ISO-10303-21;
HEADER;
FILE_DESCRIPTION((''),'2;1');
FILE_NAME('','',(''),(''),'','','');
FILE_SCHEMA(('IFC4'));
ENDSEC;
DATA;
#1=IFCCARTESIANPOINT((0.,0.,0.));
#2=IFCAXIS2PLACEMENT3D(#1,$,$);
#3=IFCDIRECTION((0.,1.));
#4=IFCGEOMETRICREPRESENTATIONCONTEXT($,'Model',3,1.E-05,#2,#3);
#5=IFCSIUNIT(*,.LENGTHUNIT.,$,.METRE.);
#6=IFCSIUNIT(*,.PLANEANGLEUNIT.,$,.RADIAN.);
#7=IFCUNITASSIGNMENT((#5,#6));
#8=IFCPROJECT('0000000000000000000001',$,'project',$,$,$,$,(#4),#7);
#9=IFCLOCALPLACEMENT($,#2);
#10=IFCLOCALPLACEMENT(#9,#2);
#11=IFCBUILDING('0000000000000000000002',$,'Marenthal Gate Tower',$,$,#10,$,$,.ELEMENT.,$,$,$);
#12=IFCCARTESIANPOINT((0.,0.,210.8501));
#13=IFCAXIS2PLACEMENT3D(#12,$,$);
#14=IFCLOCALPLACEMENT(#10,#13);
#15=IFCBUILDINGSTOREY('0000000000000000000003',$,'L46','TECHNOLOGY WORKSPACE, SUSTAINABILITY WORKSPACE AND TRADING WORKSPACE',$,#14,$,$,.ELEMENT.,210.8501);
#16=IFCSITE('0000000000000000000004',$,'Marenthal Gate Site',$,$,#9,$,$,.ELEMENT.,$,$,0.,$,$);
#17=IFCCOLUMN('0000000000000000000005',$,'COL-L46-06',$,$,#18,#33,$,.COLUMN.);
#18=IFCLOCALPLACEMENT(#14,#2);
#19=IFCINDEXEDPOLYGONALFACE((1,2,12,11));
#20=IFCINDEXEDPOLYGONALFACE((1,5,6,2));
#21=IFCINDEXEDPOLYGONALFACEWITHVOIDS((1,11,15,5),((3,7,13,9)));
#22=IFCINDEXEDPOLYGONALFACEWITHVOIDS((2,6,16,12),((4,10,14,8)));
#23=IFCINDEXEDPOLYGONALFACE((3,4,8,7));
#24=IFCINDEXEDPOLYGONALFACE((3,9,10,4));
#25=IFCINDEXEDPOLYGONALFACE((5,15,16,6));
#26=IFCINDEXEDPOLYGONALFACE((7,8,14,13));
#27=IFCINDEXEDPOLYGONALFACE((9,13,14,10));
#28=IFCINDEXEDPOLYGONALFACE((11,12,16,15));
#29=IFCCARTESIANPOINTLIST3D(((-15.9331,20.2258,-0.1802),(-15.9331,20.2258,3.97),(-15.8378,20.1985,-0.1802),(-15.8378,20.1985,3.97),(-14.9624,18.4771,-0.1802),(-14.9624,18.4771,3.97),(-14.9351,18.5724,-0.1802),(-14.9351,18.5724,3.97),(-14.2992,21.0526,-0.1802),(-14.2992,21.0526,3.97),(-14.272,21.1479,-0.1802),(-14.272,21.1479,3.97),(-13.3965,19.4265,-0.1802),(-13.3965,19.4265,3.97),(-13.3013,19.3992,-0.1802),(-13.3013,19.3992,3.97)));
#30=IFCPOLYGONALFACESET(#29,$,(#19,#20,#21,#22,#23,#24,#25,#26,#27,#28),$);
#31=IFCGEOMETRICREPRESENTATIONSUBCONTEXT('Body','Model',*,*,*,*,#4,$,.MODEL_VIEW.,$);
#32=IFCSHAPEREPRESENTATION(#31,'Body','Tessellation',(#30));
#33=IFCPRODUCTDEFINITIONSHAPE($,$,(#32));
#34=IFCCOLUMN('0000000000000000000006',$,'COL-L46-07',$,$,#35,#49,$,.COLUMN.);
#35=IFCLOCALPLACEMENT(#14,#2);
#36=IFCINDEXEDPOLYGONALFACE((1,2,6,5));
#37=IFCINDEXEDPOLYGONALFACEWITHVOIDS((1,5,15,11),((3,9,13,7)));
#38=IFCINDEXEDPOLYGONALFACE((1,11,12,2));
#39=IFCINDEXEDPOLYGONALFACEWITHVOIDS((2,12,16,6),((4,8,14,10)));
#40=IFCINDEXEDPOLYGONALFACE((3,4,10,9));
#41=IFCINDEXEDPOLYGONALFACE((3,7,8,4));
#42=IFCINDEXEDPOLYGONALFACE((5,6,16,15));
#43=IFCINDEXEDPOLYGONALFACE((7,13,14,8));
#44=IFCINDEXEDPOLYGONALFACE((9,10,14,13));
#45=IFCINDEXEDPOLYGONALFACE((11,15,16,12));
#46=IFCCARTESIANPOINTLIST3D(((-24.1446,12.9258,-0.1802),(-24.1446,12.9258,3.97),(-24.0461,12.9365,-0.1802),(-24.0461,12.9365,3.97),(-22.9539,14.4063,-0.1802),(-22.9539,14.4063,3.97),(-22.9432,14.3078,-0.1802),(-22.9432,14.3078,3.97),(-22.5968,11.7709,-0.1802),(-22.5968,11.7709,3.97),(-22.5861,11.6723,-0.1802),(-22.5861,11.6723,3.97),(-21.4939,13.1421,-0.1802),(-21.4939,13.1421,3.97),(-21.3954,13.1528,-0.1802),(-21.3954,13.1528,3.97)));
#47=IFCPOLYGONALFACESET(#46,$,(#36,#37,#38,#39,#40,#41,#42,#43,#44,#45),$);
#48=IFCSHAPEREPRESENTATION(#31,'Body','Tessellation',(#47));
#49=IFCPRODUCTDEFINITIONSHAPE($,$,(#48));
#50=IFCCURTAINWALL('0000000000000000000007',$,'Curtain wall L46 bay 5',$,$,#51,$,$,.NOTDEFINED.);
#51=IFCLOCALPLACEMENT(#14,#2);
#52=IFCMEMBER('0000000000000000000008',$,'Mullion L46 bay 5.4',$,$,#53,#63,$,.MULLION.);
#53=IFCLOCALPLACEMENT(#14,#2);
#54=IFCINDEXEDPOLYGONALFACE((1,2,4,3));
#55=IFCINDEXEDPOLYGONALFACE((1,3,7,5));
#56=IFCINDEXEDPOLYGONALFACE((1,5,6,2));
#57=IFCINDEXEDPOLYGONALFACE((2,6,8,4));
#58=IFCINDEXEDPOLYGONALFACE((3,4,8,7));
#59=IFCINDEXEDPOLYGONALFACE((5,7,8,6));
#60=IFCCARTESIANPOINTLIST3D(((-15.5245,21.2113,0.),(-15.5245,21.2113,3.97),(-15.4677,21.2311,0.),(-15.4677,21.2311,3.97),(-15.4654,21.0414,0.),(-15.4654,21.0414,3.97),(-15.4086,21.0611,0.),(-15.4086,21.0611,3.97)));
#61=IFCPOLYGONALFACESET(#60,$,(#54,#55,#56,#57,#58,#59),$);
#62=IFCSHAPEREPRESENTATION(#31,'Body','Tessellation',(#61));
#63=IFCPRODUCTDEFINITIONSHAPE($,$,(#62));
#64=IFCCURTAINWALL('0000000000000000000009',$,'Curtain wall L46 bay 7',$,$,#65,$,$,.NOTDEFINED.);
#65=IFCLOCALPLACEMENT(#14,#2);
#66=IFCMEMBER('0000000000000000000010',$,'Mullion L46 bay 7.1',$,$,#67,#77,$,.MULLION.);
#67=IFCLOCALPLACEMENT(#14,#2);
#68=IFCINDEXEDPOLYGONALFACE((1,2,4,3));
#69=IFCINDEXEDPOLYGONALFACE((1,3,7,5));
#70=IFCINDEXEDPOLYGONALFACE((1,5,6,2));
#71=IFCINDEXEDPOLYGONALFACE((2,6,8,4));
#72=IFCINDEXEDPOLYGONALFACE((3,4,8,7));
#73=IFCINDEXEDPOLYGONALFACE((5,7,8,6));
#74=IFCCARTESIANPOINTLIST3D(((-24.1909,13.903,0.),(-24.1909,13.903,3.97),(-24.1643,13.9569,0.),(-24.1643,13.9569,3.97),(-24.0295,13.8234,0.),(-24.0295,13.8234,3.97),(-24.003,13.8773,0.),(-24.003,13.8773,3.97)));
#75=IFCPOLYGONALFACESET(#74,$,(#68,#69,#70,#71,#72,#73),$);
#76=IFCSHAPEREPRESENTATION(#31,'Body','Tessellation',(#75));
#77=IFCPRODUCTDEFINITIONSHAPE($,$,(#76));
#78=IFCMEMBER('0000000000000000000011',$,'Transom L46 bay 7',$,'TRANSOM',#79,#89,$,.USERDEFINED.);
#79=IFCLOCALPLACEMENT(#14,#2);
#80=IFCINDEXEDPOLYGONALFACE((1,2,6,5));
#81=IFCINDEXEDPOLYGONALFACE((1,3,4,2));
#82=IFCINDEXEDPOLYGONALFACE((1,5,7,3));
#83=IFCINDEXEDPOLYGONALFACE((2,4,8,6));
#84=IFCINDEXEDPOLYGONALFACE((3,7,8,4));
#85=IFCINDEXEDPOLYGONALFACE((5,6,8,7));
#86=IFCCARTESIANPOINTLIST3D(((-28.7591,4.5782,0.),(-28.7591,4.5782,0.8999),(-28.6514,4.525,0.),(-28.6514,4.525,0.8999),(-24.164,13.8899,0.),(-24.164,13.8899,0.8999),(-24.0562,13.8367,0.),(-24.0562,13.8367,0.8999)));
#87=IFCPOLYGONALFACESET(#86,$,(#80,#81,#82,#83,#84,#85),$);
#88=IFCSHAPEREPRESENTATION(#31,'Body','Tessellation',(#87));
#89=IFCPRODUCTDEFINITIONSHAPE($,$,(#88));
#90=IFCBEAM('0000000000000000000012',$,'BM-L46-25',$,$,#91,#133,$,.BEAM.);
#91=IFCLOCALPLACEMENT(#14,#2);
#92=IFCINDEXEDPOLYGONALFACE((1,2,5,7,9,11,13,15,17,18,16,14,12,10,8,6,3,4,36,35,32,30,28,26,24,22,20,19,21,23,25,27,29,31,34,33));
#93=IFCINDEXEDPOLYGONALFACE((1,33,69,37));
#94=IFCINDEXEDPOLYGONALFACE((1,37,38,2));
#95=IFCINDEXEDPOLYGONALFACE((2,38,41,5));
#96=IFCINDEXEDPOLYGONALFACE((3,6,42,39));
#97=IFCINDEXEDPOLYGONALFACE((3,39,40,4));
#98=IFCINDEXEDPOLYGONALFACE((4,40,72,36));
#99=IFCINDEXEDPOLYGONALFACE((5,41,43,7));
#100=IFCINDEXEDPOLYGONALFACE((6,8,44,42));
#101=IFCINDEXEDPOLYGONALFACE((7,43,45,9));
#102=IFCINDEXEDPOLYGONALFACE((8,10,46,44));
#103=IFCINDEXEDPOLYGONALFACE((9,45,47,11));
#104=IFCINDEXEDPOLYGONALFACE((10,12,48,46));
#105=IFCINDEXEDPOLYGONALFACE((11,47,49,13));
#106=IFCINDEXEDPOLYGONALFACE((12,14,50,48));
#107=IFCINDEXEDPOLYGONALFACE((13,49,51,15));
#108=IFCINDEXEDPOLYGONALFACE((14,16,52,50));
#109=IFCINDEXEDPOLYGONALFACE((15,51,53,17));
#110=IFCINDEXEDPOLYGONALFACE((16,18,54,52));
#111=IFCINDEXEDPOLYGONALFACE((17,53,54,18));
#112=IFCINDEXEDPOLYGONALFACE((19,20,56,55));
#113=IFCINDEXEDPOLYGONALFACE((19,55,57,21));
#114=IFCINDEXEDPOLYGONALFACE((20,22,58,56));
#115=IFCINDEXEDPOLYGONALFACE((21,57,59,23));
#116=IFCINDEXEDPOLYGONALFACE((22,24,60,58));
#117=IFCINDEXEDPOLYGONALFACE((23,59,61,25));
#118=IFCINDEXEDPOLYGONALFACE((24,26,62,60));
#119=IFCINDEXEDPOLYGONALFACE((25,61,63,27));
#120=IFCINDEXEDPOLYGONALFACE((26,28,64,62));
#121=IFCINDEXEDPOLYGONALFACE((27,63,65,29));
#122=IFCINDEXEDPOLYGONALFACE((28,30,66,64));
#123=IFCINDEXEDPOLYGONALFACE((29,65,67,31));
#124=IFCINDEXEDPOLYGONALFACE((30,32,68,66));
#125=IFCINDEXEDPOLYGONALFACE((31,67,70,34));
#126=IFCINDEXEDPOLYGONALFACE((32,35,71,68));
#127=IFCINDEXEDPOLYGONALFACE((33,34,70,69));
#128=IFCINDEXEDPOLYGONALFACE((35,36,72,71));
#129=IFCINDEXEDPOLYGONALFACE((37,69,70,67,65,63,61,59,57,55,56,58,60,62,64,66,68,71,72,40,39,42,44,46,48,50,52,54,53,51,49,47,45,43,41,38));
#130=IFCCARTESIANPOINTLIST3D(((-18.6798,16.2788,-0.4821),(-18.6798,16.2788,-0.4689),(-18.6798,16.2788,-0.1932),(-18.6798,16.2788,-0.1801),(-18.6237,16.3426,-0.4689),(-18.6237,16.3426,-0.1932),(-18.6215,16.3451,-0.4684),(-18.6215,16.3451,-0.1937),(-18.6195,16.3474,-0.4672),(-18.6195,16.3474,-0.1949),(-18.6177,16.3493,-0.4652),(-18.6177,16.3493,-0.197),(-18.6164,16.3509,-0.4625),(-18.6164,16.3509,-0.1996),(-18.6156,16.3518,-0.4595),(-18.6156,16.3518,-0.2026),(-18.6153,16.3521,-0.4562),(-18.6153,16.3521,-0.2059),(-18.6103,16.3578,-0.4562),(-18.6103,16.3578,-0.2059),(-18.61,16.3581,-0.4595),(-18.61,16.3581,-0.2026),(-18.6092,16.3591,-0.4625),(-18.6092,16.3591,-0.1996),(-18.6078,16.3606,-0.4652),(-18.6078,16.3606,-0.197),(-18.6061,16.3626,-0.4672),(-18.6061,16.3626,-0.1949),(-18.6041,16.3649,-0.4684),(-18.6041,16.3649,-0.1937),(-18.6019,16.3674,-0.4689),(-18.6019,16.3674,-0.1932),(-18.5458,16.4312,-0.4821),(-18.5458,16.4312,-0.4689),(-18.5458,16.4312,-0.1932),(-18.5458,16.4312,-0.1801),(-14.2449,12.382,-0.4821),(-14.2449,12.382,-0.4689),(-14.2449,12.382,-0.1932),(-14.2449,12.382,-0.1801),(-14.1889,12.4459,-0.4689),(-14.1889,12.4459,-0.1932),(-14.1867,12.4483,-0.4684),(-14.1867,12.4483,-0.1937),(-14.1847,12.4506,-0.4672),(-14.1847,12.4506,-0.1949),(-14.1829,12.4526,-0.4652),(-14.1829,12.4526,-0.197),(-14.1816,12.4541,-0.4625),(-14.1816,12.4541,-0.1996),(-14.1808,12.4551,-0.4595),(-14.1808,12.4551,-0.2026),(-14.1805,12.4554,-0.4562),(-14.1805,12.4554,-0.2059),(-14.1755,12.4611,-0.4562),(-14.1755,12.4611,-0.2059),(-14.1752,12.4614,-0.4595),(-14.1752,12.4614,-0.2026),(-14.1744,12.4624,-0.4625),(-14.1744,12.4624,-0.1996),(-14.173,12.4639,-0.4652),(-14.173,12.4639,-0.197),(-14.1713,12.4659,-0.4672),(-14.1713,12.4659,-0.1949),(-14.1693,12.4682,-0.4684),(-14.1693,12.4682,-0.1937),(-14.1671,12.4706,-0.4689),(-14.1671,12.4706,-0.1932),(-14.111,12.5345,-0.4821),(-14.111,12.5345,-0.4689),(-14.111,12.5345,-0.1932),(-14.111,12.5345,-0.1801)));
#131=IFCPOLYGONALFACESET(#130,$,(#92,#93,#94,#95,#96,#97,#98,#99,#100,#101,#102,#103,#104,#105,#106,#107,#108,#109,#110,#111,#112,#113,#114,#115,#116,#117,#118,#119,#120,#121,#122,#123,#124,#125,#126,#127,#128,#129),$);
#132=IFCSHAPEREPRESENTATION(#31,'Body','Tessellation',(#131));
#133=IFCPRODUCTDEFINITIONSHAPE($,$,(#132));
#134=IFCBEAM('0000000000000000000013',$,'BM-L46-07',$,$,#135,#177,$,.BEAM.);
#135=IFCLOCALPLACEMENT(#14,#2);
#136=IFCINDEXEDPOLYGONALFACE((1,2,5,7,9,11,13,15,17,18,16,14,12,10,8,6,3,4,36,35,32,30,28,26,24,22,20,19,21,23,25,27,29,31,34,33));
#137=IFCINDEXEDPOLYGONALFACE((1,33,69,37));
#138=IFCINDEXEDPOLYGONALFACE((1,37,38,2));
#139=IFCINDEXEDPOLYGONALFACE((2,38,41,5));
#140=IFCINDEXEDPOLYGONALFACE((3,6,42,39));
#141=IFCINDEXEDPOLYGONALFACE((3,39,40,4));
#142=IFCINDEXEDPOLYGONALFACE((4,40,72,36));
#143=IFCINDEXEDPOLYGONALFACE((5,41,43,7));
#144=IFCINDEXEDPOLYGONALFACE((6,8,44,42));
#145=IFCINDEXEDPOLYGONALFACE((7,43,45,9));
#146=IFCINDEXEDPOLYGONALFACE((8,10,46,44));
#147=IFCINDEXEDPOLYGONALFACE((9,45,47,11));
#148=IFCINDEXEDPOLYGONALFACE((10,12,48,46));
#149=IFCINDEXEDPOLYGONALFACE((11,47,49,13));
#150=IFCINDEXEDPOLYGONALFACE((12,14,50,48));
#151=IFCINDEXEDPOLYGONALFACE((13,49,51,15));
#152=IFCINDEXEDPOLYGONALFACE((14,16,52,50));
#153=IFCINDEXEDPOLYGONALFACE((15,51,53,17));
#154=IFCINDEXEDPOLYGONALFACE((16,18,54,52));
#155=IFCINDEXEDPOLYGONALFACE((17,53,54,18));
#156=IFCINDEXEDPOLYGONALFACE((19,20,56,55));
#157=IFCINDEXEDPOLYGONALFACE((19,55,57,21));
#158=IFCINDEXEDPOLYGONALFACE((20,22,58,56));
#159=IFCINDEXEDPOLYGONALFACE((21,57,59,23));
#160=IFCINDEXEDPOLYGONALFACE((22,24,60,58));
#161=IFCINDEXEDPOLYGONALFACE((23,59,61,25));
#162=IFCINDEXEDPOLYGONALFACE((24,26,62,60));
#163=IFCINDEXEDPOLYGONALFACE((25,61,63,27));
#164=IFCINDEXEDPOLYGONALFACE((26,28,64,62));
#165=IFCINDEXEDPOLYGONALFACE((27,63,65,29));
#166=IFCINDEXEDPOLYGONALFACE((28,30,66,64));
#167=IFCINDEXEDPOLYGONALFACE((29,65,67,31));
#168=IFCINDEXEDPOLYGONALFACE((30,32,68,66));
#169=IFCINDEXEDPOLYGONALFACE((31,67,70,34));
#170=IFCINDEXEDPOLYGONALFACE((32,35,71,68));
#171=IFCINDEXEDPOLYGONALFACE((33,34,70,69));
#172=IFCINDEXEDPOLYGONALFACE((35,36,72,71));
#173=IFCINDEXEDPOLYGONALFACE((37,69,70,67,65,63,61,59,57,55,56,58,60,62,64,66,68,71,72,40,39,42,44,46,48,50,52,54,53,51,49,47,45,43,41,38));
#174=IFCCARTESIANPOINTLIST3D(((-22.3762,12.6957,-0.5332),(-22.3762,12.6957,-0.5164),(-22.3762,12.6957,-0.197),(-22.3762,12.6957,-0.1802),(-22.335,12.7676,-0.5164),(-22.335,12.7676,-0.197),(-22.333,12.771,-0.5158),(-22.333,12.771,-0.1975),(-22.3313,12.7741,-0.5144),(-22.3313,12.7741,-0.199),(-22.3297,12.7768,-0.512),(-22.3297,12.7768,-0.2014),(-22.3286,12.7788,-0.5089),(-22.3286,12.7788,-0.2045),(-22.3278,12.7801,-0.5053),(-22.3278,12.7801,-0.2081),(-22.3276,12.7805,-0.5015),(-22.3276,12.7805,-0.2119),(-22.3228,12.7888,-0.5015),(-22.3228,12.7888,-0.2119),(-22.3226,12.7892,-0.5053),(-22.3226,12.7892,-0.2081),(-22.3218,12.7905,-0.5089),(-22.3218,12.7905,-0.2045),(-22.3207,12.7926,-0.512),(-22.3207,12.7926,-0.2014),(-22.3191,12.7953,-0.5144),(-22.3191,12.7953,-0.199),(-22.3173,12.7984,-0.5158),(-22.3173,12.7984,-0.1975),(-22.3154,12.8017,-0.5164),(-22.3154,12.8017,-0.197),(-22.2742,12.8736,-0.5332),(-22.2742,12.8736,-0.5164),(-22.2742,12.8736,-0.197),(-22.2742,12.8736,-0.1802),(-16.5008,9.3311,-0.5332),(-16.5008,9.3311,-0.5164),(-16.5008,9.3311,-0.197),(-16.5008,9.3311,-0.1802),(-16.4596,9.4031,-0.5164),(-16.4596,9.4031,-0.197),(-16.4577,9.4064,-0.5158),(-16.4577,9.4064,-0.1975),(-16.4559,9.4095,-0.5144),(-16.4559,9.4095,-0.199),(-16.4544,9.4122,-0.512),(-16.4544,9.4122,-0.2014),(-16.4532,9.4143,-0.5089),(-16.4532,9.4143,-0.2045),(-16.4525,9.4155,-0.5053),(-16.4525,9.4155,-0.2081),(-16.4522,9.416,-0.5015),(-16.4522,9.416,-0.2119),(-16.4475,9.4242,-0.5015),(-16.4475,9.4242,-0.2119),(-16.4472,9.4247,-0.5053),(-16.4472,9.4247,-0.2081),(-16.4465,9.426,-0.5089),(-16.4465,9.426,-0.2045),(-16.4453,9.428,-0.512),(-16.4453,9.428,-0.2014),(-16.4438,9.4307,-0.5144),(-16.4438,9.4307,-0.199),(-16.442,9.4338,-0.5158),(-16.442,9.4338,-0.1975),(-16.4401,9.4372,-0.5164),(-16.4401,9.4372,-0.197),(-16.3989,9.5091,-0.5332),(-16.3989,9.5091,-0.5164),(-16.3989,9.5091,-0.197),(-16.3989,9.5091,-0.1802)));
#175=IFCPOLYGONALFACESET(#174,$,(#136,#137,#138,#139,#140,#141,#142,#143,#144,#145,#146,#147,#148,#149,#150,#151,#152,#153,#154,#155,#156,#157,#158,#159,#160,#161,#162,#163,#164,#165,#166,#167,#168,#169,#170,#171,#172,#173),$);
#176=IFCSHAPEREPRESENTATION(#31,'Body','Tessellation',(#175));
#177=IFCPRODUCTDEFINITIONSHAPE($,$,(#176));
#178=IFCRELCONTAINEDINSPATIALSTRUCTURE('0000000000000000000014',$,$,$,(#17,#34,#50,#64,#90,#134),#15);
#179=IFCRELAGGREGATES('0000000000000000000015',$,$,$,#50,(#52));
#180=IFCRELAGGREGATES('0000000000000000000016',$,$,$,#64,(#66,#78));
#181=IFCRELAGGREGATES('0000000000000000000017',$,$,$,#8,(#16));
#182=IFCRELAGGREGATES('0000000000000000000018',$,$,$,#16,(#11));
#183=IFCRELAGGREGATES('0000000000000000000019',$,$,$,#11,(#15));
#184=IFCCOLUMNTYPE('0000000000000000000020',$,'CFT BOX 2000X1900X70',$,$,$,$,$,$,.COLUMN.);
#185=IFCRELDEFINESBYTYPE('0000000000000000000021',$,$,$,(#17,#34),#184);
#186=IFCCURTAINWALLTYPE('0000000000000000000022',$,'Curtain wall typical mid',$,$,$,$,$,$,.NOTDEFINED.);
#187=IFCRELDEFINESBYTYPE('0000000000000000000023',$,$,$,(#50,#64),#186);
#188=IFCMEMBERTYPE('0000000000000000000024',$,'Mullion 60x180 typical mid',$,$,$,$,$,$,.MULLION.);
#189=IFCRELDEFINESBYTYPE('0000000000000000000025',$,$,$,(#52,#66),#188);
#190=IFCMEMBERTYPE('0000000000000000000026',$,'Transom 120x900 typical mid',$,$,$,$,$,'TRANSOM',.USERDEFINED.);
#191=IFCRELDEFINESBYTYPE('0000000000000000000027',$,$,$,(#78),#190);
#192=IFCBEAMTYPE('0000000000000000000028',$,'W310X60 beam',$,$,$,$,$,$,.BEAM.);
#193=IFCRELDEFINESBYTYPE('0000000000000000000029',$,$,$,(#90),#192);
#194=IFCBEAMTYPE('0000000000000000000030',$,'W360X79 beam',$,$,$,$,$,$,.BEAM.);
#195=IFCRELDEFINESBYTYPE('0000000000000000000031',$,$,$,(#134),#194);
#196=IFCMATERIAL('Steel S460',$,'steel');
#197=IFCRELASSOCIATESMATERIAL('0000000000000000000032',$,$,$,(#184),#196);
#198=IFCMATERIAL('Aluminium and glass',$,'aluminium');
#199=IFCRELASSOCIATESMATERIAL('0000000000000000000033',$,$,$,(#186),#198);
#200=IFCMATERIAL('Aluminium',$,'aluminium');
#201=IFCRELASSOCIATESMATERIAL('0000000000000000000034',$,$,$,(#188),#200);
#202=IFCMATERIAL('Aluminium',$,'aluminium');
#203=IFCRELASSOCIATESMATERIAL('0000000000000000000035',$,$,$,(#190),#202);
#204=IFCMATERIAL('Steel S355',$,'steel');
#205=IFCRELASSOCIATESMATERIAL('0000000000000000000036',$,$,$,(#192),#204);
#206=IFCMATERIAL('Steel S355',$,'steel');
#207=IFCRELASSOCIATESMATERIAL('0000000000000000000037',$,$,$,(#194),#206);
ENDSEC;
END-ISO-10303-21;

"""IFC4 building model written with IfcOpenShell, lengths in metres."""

from ifc_helpers import new_model, si_unit, direction, frame, origin, origin_2d, place, context, subcontext, project, spatial, rectangle, hollow_rectangle, i_section, extrude, material, material_profile, profile_set, type_object, element, aggregate, save


model = new_model("IFC4")

# Units and contexts
model_context = context("Model", 3, precision=1e-05, world=origin(), true_north=direction((0.0, 1.0)))
body_context = subcontext(model_context, "Body", "Model", "MODEL_VIEW")
ifc_project = project(units=[si_unit("LENGTHUNIT", "METRE"), si_unit("PLANEANGLEUNIT", "RADIAN")], contexts=[model_context])

# Site, building, storey
site_placement = place(None, origin())
site = spatial("IfcSite", under=ifc_project, at=site_placement, Name="Marenthal Gate Site", CompositionType="ELEMENT", RefElevation=0.0)
building_placement = place(site_placement, origin())
building = spatial("IfcBuilding", under=site, at=building_placement, Name="Marenthal Gate Tower", CompositionType="ELEMENT")
storey_placement = place(building_placement, frame((0.0, 0.0, 210.8501)))
storey = spatial("IfcBuildingStorey", under=building, at=storey_placement, Name="L46", Description="TECHNOLOGY WORKSPACE, SUSTAINABILITY WORKSPACE AND TRADING WORKSPACE", CompositionType="ELEMENT", Elevation=210.8501)

# Columns
ifc_material_1 = material(Name="Steel S460", Category="steel")
ifc_material_profile_1 = material_profile(ifc_material_1, hollow_rectangle(XDim=1.8999, YDim=2.0, WallThickness=0.0701, at=origin_2d()), Name="CFT BOX 2000X1900X70")
ifc_material_2 = material(Name="Concrete 70 MPa", Category="concrete")
ifc_material_profile_2 = material_profile(ifc_material_2, rectangle(XDim=1.76, YDim=1.8601, at=origin_2d()), Name="CFT BOX 2000X1900X70 INFILL")
ifc_profile_set_1 = profile_set([ifc_material_profile_1, ifc_material_profile_2], Name="Steel S460 shell, Concrete 70 MPa infill")
column_type = type_object("IfcColumnType", Name="CFT BOX 2000X1900X70", PredefinedType="COLUMN", material=ifc_profile_set_1)
for number, where, z_axis, x_axis, name in (
    (1, (-14.6172, 19.8125, -0.1802), (0.0, 0.0, 1.0), (0.874319, 0.485351, 0.0), "COL-L46-06"),
    (2, (-22.77, 13.0393, -0.1802), (0.0, 0.0, 1.0), (0.626719, 0.779245, 0.0), "COL-L46-07"),
):
    element("IfcColumn", number, at=place(storey_placement, frame(where, z_axis=z_axis, x_axis=x_axis)), inside=storey, type_object=column_type, Name=name, PredefinedType="COLUMN", context=body_context, shape_type="SweptSolid", body=[
        extrude(hollow_rectangle(XDim=1.8999, YDim=2.0, WallThickness=0.0701, at=origin_2d()), origin(), (0.0, 0.0, 1.0), 4.1501),
    ])

# Curtain wall, member
ifc_material_3 = material(Name="Aluminium and glass", Category="aluminium")
curtain_wall_type = type_object("IfcCurtainWallType", Name="Curtain wall typical mid", PredefinedType="NOTDEFINED", material=ifc_material_3)
curtain_wall_1_placement = place(storey_placement, origin())
curtain_wall_1 = element("IfcCurtainWall", 3, at=curtain_wall_1_placement, inside=storey, type_object=curtain_wall_type, Name="Curtain wall L46 bay 5", PredefinedType="NOTDEFINED")
ifc_material_4 = material(Name="Aluminium", Category="aluminium")
ifc_material_profile_3 = material_profile(ifc_material_4, rectangle(XDim=0.1799, YDim=0.0601, at=origin_2d()), Name="60x180 aluminium mullion")
ifc_profile_set_2 = profile_set([ifc_material_profile_3], Name="Aluminium")
member_type_1 = type_object("IfcMemberType", Name="Mullion 60x180 typical mid", PredefinedType="MULLION", material=ifc_profile_set_2)
member_1_placement = place(storey_placement, frame((-15.4666, 21.1362, 0.0), z_axis=(0.0, 0.0, 1.0), x_axis=(0.3284, -0.944539, 0.0)))
member_1 = element("IfcMember", 4, at=member_1_placement, type_object=member_type_1, Name="Mullion L46 bay 5.4", PredefinedType="MULLION", context=body_context, shape_type="SweptSolid", body=[
    extrude(rectangle(XDim=0.1799, YDim=0.0601, at=origin_2d()), origin(), (0.0, 0.0, 1.0), 3.97),
])
aggregate(curtain_wall_1, [member_1])

# Curtain wall, members
curtain_wall_2_placement = place(storey_placement, origin())
curtain_wall_2 = element("IfcCurtainWall", 5, at=curtain_wall_2_placement, inside=storey, type_object=curtain_wall_type, Name="Curtain wall L46 bay 7", PredefinedType="NOTDEFINED")
member_2_placement = place(storey_placement, frame((-24.0969, 13.8901, 0.0), z_axis=(0.0, 0.0, 1.0), x_axis=(0.896757, -0.442523, 0.0)))
member_2 = element("IfcMember", 6, at=member_2_placement, type_object=member_type_1, Name="Mullion L46 bay 7.1", PredefinedType="MULLION", context=body_context, shape_type="SweptSolid", body=[
    extrude(rectangle(XDim=0.1799, YDim=0.0601, at=origin_2d()), origin(), (0.0, 0.0, 1.0), 3.97),
])
ifc_material_5 = material(Name="Aluminium", Category="aluminium")
ifc_material_profile_4 = material_profile(ifc_material_5, rectangle(XDim=0.1201, YDim=0.8999, at=origin_2d()), Name="120x900 aluminium transom")
ifc_profile_set_3 = profile_set([ifc_material_profile_4], Name="Aluminium")
member_type_2 = type_object("IfcMemberType", Name="Transom 120x900 typical mid", ElementType="TRANSOM", PredefinedType="USERDEFINED", material=ifc_profile_set_3)
member_3_placement = place(storey_placement, frame((-24.1101, 13.8633, 0.45), z_axis=(-0.442533, -0.896752, 0.0), x_axis=(0.896752, -0.442533, 0.0)))
member_3 = element("IfcMember", 7, at=member_3_placement, type_object=member_type_2, Name="Transom L46 bay 7", ObjectType="TRANSOM", PredefinedType="USERDEFINED", context=body_context, shape_type="SweptSolid", body=[
    extrude(rectangle(XDim=0.1201, YDim=0.8999, at=origin_2d()), origin(), (0.0, 0.0, 1.0), 10.3838),
])

# Beams
ifc_material_6 = material(Name="Steel S355", Category="steel")
ifc_material_profile_5 = material_profile(ifc_material_6, i_section(OverallWidth=0.2029, OverallDepth=0.302, WebThickness=0.0076, FlangeThickness=0.0132, FilletRadius=0.0127, at=origin_2d()), Name="W310X60")
ifc_profile_set_4 = profile_set([ifc_material_profile_5], Name="Steel S355")
beam_type_1 = type_object("IfcBeamType", Name="W310X60 beam", PredefinedType="BEAM", material=ifc_profile_set_4)
beam_1_placement = place(storey_placement, frame((-18.6128, 16.355, -0.3311), z_axis=(0.75121, -0.660064, 0.0), x_axis=(0.660064, 0.75121, 0.0)))
element("IfcBeam", 8, at=beam_1_placement, inside=storey, type_object=beam_type_1, Name="BM-L46-25", PredefinedType="BEAM", context=body_context, shape_type="SweptSolid", body=[
    extrude(i_section(OverallWidth=0.2029, OverallDepth=0.302, WebThickness=0.0076, FlangeThickness=0.0132, FilletRadius=0.0127, at=origin_2d()), origin(), (0.0, 0.0, 1.0), 5.9036),
])
ifc_material_7 = material(Name="Steel S355", Category="steel")
ifc_material_profile_6 = material_profile(ifc_material_7, i_section(OverallWidth=0.2051, OverallDepth=0.353, WebThickness=0.0095, FlangeThickness=0.0168, FilletRadius=0.0149, at=origin_2d()), Name="W360X79")
ifc_profile_set_5 = profile_set([ifc_material_profile_6], Name="Steel S355")
beam_type_2 = type_object("IfcBeamType", Name="W360X79 beam", PredefinedType="BEAM", material=ifc_profile_set_5)
beam_2_placement = place(storey_placement, frame((-22.3252, 12.7847, -0.3567), z_axis=(0.867783, -0.496943, 0.0), x_axis=(0.496943, 0.867783, 0.0)))
element("IfcBeam", 9, at=beam_2_placement, inside=storey, type_object=beam_type_2, Name="BM-L46-07", PredefinedType="BEAM", context=body_context, shape_type="SweptSolid", body=[
    extrude(i_section(OverallWidth=0.2051, OverallDepth=0.353, WebThickness=0.0095, FlangeThickness=0.0168, FilletRadius=0.0149, at=origin_2d()), origin(), (0.0, 0.0, 1.0), 6.7705),
])

aggregate(curtain_wall_2, [member_2, member_3])

save(model, "model.ifc")
